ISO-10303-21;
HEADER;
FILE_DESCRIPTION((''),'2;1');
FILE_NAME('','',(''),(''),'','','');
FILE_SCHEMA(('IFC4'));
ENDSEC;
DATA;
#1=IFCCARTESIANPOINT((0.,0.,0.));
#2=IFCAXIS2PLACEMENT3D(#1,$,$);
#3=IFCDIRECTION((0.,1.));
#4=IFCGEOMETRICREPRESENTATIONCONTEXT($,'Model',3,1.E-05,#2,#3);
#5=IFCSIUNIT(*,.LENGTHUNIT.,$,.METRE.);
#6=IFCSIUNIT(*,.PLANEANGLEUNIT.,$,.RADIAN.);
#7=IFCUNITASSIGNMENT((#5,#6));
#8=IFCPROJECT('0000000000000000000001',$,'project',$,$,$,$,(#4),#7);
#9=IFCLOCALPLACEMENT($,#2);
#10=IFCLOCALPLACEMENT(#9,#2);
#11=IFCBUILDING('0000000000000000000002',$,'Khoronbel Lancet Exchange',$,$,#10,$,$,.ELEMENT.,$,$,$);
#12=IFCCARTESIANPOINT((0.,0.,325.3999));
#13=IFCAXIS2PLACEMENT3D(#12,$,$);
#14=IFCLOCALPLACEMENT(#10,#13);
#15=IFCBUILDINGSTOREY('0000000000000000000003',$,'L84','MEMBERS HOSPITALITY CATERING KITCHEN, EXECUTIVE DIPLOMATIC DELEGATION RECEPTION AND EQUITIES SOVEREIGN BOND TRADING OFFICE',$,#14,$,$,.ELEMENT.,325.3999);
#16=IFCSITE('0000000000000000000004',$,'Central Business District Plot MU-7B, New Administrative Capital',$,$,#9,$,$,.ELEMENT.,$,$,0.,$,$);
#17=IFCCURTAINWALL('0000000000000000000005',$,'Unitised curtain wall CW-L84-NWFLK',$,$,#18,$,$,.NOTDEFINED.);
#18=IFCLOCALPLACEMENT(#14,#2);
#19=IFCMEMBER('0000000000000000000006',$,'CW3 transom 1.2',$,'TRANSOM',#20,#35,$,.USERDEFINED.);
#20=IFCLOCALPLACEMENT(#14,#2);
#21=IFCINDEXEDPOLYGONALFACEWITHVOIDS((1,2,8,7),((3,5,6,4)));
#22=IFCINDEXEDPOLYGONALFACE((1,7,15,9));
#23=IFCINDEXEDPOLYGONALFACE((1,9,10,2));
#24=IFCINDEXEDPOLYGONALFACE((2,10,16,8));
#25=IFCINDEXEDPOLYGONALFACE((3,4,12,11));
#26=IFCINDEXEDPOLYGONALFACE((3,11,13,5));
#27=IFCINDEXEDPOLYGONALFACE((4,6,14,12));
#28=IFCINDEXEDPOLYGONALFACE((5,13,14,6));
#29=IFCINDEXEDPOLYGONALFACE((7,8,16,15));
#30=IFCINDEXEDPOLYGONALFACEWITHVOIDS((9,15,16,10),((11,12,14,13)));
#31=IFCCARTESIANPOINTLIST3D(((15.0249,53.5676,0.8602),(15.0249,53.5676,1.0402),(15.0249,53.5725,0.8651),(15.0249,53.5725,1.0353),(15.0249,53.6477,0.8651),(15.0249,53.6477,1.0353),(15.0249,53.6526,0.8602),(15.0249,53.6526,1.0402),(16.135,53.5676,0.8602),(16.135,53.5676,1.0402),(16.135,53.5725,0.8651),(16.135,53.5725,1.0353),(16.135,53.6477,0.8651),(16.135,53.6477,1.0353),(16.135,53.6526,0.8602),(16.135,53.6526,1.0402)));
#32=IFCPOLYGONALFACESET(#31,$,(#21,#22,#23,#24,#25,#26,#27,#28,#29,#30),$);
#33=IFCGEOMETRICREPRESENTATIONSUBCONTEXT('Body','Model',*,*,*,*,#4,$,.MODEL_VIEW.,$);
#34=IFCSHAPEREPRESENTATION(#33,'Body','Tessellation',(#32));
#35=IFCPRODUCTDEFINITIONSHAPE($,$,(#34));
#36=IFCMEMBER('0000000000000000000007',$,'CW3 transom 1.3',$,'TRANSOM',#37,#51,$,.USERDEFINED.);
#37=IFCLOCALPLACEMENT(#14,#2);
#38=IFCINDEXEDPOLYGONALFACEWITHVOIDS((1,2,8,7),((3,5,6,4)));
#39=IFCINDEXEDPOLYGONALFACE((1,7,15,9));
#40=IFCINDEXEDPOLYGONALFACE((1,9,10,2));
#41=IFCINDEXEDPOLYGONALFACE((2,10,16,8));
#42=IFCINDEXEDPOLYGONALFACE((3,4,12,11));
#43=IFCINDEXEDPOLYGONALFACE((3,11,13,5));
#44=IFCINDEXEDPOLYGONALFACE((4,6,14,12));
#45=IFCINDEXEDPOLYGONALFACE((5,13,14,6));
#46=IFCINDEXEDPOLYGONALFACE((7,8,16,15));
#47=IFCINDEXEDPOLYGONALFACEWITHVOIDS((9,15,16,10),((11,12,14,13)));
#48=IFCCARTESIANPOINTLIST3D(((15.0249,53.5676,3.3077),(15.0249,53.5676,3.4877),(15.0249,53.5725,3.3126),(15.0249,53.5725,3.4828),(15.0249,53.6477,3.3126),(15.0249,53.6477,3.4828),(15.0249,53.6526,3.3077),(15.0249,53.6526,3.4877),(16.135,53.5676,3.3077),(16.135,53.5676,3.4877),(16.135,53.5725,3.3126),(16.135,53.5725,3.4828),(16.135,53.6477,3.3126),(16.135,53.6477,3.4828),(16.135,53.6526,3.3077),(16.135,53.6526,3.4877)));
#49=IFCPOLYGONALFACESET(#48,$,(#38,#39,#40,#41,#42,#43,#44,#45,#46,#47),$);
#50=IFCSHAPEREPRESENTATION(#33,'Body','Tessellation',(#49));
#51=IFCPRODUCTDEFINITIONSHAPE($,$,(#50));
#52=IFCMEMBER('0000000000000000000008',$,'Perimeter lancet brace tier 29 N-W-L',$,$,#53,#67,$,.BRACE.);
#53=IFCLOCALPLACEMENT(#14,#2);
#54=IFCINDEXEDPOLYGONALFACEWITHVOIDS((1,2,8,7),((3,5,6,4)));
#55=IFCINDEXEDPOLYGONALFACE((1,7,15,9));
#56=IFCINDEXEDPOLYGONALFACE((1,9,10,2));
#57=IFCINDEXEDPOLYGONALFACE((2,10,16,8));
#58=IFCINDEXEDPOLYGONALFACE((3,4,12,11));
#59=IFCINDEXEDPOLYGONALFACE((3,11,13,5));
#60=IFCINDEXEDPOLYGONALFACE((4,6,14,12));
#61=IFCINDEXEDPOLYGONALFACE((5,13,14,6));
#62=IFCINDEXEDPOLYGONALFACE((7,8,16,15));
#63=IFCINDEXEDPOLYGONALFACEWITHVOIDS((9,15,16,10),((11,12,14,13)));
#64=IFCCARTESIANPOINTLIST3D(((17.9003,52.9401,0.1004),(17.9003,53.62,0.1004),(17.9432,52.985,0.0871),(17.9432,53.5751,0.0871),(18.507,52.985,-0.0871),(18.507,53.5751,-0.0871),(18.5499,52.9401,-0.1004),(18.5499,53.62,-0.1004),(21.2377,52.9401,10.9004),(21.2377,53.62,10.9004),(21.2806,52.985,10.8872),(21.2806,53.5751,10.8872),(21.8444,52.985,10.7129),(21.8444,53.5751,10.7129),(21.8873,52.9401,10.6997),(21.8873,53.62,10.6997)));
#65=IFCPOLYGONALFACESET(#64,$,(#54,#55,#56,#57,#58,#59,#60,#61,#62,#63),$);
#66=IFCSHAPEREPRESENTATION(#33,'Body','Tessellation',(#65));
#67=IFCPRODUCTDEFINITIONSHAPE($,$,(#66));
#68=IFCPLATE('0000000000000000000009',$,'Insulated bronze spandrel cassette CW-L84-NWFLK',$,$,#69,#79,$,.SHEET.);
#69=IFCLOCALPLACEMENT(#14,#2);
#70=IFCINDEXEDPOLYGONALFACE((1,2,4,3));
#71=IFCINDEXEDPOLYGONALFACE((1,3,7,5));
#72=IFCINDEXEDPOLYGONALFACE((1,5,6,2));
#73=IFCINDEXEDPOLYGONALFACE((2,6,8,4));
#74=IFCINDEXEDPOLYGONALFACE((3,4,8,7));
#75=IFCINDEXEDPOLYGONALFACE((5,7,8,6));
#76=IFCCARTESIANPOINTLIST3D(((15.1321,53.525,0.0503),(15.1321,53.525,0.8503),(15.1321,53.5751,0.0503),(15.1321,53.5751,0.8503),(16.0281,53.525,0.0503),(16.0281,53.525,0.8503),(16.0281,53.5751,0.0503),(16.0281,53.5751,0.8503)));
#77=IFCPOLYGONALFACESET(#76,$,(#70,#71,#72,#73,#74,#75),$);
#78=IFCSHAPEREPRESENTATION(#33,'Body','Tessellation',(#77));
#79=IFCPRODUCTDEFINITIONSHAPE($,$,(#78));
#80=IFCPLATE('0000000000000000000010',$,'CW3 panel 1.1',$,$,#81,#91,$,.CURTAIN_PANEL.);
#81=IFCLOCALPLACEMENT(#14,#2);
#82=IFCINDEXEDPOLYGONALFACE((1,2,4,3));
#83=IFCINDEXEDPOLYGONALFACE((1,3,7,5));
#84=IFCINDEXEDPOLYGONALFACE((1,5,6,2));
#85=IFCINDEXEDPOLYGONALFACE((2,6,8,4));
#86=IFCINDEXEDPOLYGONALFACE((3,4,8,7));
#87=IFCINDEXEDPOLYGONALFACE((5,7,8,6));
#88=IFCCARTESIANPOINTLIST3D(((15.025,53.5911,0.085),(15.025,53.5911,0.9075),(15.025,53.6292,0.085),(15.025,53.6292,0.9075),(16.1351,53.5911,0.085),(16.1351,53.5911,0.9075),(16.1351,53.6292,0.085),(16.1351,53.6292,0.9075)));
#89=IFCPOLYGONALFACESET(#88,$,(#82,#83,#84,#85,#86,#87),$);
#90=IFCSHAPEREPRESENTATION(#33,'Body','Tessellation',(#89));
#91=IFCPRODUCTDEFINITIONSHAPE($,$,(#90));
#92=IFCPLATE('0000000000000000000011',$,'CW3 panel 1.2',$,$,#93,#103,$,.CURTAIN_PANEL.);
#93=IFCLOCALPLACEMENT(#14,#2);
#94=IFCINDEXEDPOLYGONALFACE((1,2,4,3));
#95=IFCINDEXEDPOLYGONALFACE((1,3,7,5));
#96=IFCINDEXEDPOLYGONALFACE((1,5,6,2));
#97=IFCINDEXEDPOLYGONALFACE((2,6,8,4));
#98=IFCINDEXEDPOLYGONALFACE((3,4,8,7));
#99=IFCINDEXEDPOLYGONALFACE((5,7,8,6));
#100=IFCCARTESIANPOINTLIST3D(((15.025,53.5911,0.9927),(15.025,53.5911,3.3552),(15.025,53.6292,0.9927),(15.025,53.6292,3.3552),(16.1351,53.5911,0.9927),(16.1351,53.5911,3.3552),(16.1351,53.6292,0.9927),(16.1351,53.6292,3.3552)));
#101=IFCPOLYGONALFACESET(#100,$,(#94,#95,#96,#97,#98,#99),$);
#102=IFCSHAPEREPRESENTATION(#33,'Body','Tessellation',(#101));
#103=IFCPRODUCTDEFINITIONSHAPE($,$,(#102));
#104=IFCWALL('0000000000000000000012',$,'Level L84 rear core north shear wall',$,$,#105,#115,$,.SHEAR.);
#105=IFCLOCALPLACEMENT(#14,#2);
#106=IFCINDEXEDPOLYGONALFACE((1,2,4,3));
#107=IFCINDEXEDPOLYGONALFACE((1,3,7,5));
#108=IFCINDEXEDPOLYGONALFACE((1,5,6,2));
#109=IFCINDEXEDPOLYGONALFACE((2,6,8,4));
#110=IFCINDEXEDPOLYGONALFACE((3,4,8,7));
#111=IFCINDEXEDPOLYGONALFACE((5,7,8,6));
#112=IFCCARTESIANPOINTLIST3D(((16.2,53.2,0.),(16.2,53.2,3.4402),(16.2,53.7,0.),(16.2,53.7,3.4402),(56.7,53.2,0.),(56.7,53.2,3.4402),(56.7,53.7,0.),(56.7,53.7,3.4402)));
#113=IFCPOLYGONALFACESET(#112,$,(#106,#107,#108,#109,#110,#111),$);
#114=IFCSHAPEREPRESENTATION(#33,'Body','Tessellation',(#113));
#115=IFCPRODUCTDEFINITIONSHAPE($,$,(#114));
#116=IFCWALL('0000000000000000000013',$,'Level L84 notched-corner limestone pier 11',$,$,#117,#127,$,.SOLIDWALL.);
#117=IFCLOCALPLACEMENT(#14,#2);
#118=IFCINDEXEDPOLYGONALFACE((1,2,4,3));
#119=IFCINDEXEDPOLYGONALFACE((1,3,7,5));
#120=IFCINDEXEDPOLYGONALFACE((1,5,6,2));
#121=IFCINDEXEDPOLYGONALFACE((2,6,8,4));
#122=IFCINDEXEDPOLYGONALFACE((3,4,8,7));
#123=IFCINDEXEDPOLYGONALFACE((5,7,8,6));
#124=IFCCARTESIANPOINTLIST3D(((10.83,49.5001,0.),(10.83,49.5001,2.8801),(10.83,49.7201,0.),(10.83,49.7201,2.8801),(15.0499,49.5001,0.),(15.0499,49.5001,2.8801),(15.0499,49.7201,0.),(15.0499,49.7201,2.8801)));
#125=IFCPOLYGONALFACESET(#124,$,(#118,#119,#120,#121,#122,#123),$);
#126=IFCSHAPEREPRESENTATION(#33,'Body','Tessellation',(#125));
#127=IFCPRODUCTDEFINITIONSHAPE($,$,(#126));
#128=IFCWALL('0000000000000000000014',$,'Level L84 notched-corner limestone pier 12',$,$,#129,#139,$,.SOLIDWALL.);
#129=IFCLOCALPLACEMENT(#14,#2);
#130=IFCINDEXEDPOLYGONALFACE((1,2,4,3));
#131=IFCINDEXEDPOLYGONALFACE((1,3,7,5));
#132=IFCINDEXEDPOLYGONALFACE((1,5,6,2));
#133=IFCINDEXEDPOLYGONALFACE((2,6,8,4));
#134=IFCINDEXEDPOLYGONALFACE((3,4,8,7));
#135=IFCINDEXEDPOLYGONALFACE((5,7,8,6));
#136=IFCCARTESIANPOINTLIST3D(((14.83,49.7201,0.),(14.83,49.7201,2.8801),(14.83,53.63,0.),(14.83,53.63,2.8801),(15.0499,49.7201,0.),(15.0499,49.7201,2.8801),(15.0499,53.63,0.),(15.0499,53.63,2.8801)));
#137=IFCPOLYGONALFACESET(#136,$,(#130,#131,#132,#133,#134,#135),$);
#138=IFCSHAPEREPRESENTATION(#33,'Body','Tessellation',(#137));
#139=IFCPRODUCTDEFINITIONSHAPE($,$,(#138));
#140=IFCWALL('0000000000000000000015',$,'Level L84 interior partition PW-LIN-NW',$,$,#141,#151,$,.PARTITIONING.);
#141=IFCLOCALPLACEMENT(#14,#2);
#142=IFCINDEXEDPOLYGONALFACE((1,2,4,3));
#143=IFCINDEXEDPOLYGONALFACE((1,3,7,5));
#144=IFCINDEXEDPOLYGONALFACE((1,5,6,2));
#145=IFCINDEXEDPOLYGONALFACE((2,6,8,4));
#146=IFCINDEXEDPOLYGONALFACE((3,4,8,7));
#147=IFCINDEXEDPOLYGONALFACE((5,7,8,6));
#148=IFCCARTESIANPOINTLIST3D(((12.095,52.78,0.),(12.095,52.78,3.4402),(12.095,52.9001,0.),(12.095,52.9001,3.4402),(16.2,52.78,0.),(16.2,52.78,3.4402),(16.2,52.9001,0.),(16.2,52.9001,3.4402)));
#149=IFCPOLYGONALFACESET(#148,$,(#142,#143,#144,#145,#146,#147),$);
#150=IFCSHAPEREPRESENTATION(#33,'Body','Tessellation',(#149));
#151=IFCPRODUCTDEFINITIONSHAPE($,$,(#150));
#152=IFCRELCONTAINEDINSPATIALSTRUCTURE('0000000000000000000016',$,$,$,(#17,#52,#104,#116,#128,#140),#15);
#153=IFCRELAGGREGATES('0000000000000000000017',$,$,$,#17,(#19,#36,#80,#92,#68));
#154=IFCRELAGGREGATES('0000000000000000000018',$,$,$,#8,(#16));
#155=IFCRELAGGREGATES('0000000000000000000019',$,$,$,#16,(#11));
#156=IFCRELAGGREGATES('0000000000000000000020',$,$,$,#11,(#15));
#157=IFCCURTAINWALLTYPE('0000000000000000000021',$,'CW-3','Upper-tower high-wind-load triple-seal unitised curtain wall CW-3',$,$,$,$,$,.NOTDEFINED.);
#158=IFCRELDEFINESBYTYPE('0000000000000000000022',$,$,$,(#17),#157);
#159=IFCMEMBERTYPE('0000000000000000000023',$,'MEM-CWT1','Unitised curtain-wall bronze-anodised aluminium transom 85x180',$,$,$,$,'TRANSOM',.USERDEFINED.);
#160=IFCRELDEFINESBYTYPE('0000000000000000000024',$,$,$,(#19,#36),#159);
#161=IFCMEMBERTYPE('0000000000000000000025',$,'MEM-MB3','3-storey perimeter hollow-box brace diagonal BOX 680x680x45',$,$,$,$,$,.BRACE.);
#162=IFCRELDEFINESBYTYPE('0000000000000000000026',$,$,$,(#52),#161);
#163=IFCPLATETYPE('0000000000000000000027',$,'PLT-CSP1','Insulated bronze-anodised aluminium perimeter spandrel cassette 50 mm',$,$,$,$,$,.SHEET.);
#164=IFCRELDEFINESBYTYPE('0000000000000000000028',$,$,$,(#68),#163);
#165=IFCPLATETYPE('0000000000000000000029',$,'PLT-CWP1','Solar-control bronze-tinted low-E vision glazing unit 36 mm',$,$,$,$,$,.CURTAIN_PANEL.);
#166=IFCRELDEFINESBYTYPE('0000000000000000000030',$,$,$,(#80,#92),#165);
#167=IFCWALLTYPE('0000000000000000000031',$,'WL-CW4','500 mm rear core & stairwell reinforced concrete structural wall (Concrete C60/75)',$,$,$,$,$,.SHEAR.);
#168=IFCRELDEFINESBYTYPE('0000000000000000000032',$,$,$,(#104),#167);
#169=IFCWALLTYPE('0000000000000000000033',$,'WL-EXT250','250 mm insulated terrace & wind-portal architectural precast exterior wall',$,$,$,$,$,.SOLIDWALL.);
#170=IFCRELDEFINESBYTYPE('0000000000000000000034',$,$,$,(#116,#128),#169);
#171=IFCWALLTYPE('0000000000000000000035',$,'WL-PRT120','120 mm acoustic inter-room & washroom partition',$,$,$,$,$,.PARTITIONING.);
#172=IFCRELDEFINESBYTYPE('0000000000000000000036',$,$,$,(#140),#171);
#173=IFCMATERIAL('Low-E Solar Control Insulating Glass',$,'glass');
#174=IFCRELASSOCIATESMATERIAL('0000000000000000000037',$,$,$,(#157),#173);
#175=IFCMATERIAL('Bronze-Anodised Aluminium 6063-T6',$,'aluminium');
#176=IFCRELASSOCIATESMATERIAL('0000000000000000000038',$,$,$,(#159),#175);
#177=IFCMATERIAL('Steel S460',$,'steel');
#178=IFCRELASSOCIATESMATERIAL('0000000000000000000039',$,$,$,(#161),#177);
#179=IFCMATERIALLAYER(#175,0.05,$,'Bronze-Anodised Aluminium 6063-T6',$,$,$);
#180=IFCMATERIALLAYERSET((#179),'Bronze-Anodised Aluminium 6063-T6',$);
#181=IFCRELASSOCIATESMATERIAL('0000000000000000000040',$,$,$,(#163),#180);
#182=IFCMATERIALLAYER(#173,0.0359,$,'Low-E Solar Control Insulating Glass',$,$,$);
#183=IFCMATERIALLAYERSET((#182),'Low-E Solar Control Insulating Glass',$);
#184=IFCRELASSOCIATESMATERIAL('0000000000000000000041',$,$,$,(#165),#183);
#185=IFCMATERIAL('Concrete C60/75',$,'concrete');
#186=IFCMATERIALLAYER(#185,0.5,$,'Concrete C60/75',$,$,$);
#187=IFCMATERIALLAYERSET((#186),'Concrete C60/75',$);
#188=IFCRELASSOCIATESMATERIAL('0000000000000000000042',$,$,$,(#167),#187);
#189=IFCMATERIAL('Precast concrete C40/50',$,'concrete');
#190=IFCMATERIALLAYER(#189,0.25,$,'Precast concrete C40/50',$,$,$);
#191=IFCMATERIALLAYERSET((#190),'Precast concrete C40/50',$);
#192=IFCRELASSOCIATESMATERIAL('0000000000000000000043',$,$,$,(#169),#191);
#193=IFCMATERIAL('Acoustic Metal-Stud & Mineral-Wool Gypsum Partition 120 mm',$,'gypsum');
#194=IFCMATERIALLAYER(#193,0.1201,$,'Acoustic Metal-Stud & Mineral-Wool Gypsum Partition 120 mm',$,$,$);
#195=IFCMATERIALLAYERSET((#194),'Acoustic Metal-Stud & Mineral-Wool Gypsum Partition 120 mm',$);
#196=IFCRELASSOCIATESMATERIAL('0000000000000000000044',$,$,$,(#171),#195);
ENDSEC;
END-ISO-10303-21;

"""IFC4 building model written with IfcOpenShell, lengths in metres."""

from ifc_helpers import new_model, si_unit, direction, frame, frame_2d, origin, origin_2d, place, context, subcontext, project, spatial, rectangle, hollow_rectangle, extrude, material, layer, layer_set, material_profile, profile_set, type_object, element, aggregate, save


model = new_model("IFC4")

# Units and contexts
model_context = context("Model", 3, precision=1e-05, world=origin(), true_north=direction((0.0, 1.0)))
body_context = subcontext(model_context, "Body", "Model", "MODEL_VIEW")
ifc_project = project(units=[si_unit("LENGTHUNIT", "METRE"), si_unit("PLANEANGLEUNIT", "RADIAN")], contexts=[model_context])

# Site, building, storey
site_placement = place(None, origin())
site = spatial("IfcSite", under=ifc_project, at=site_placement, Name="Central Business District Plot MU-7B, New Administrative Capital", CompositionType="ELEMENT", RefElevation=0.0)
building_placement = place(site_placement, origin())
building = spatial("IfcBuilding", under=site, at=building_placement, Name="Khoronbel Lancet Exchange", CompositionType="ELEMENT")
storey_placement = place(building_placement, frame((0.0, 0.0, 325.3999)))
storey = spatial("IfcBuildingStorey", under=building, at=storey_placement, Name="L84", Description="MEMBERS HOSPITALITY CATERING KITCHEN, EXECUTIVE DIPLOMATIC DELEGATION RECEPTION AND EQUITIES SOVEREIGN BOND TRADING OFFICE", CompositionType="ELEMENT", Elevation=325.3999)

# Shared definitions
ifc_material_1 = material(Name="Steel S460", Category="steel")

# Curtain wall, members
ifc_material_2 = material(Name="Low-E Solar Control Insulating Glass", Category="glass")
curtain_wall_type = type_object("IfcCurtainWallType", Name="CW-3", Description="Upper-tower high-wind-load triple-seal unitised curtain wall CW-3", PredefinedType="NOTDEFINED", material=ifc_material_2)
curtain_wall_placement = place(storey_placement, origin())
curtain_wall = element("IfcCurtainWall", 1, at=curtain_wall_placement, inside=storey, type_object=curtain_wall_type, Name="Unitised curtain wall CW-L84-NWFLK", PredefinedType="NOTDEFINED")
ifc_material_3 = material(Name="Bronze-Anodised Aluminium 6063-T6", Category="aluminium")
ifc_material_profile_1 = material_profile(ifc_material_3, hollow_rectangle(XDim=0.085, YDim=0.1799, WallThickness=0.0049, at=origin_2d()), Name="ALU TRANSOM 85x180")
ifc_profile_set_1 = profile_set([ifc_material_profile_1], Name="Bronze-Anodised Aluminium 6063-T6")
member_type_1 = type_object("IfcMemberType", Name="MEM-CWT1", Description="Unitised curtain-wall bronze-anodised aluminium transom 85x180", ElementType="TRANSOM", PredefinedType="USERDEFINED", material=ifc_profile_set_1)
member_1_placement = place(storey_placement, frame((16.135, 53.6101, 0.9502), z_axis=(-1.0, 0.0, 0.0), x_axis=(0.0, -1.0, 0.0)))
member_1 = element("IfcMember", 2, at=member_1_placement, type_object=member_type_1, Name="CW3 transom 1.2", ObjectType="TRANSOM", PredefinedType="USERDEFINED", context=body_context, shape_type="SweptSolid", body=[
    extrude(hollow_rectangle(XDim=0.085, YDim=0.1799, WallThickness=0.0049, at=origin_2d()), origin(), (0.0, 0.0, 1.0), 1.1101),
])
member_2_placement = place(storey_placement, frame((16.135, 53.6101, 3.3977), z_axis=(-1.0, 0.0, 0.0), x_axis=(0.0, -1.0, 0.0)))
member_2 = element("IfcMember", 3, at=member_2_placement, type_object=member_type_1, Name="CW3 transom 1.3", ObjectType="TRANSOM", PredefinedType="USERDEFINED", context=body_context, shape_type="SweptSolid", body=[
    extrude(hollow_rectangle(XDim=0.085, YDim=0.1799, WallThickness=0.0049, at=origin_2d()), origin(), (0.0, 0.0, 1.0), 1.1101),
])

# Member
ifc_material_profile_2 = material_profile(ifc_material_1, hollow_rectangle(XDim=0.6799, YDim=0.6799, WallThickness=0.0449, at=origin_2d()), Name="BOX 680x680x45")
ifc_profile_set_2 = profile_set([ifc_material_profile_2], Name="Steel S460")
member_type_2 = type_object("IfcMemberType", Name="MEM-MB3", Description="3-storey perimeter hollow-box brace diagonal BOX 680x680x45", PredefinedType="BRACE", material=ifc_profile_set_2)
member_3_placement = place(storey_placement, frame((18.2251, 53.28, 0.0), z_axis=(0.295242, 0.0, 0.955422), x_axis=(0.0, 1.0, 0.0)))
element("IfcMember", 4, at=member_3_placement, inside=storey, type_object=member_type_2, Name="Perimeter lancet brace tier 29 N-W-L", PredefinedType="BRACE", context=body_context, shape_type="SweptSolid", body=[
    extrude(hollow_rectangle(XDim=0.6799, YDim=0.6799, WallThickness=0.0449, at=origin_2d()), origin(), (0.0, 0.0, 1.0), 11.304),
])

# Plates
ifc_layer_1 = layer(ifc_material_3, 0.05, Name="Bronze-Anodised Aluminium 6063-T6")
ifc_layer_set_1 = layer_set([ifc_layer_1], Name="Bronze-Anodised Aluminium 6063-T6")
plate_type_1 = type_object("IfcPlateType", Name="PLT-CSP1", Description="Insulated bronze-anodised aluminium perimeter spandrel cassette 50 mm", PredefinedType="SHEET", material=ifc_layer_set_1)
plate_1_placement = place(storey_placement, frame((15.5801, 53.55, 0.0503), z_axis=(0.0, 0.0, 1.0), x_axis=(-1.0, 0.0, 0.0)))
plate_1 = element("IfcPlate", 5, at=plate_1_placement, type_object=plate_type_1, Name="Insulated bronze spandrel cassette CW-L84-NWFLK", PredefinedType="SHEET", context=body_context, shape_type="SweptSolid", body=[
    extrude(rectangle(XDim=0.896, YDim=0.05, at=origin_2d()), origin(), (0.0, 0.0, 1.0), 0.8),
])
ifc_layer_2 = layer(ifc_material_2, 0.0359, Name="Low-E Solar Control Insulating Glass")
ifc_layer_set_2 = layer_set([ifc_layer_2], Name="Low-E Solar Control Insulating Glass")
plate_type_2 = type_object("IfcPlateType", Name="PLT-CWP1", Description="Solar-control bronze-tinted low-E vision glazing unit 36 mm", PredefinedType="CURTAIN_PANEL", material=ifc_layer_set_2)
plate_2_placement = place(storey_placement, frame((15.5801, 53.6101, 0.085), z_axis=(0.0, 0.0, 1.0), x_axis=(-1.0, 0.0, 0.0)))
plate_2 = element("IfcPlate", 6, at=plate_2_placement, type_object=plate_type_2, Name="CW3 panel 1.1", PredefinedType="CURTAIN_PANEL", context=body_context, shape_type="SweptSolid", body=[
    extrude(rectangle(XDim=1.1101, YDim=0.0381, at=origin_2d()), origin(), (0.0, 0.0, 1.0), 0.8225),
])
plate_3_placement = place(storey_placement, frame((15.5801, 53.6101, 0.9927), z_axis=(0.0, 0.0, 1.0), x_axis=(-1.0, 0.0, 0.0)))
plate_3 = element("IfcPlate", 7, at=plate_3_placement, type_object=plate_type_2, Name="CW3 panel 1.2", PredefinedType="CURTAIN_PANEL", context=body_context, shape_type="SweptSolid", body=[
    extrude(rectangle(XDim=1.1101, YDim=0.0381, at=origin_2d()), origin(), (0.0, 0.0, 1.0), 2.3625),
])
aggregate(curtain_wall, [member_1, member_2, plate_2, plate_3, plate_1])

# Walls
ifc_material_4 = material(Name="Concrete C60/75", Category="concrete")
ifc_layer_3 = layer(ifc_material_4, 0.5, Name="Concrete C60/75")
ifc_layer_set_3 = layer_set([ifc_layer_3], Name="Concrete C60/75")
wall_type_1 = type_object("IfcWallType", Name="WL-CW4", Description="500 mm rear core & stairwell reinforced concrete structural wall (Concrete C60/75)", PredefinedType="SHEAR", material=ifc_layer_set_3)
wall_1_placement = place(storey_placement, frame((16.2, 53.45, 0.0), z_axis=(0.0, 0.0, 1.0), x_axis=(1.0, 0.0, 0.0)))
element("IfcWall", 8, at=wall_1_placement, inside=storey, type_object=wall_type_1, Name="Level L84 rear core north shear wall", PredefinedType="SHEAR", context=body_context, shape_type="SweptSolid", body=[
    extrude(rectangle(XDim=40.5, YDim=0.5, at=frame_2d((20.25, 0.0))), origin(), (0.0, 0.0, 1.0), 3.4402),
])
ifc_material_5 = material(Name="Precast concrete C40/50", Category="concrete")
ifc_layer_4 = layer(ifc_material_5, 0.25, Name="Precast concrete C40/50")
ifc_layer_set_4 = layer_set([ifc_layer_4], Name="Precast concrete C40/50")
wall_type_2 = type_object("IfcWallType", Name="WL-EXT250", Description="250 mm insulated terrace & wind-portal architectural precast exterior wall", PredefinedType="SOLIDWALL", material=ifc_layer_set_4)
wall_2_placement = place(storey_placement, frame((10.8301, 49.6101, 0.0), z_axis=(0.0, 0.0, 1.0), x_axis=(1.0, 0.0, 0.0)))
element("IfcWall", 9, at=wall_2_placement, inside=storey, type_object=wall_type_2, Name="Level L84 notched-corner limestone pier 11", PredefinedType="SOLIDWALL", context=body_context, shape_type="SweptSolid", body=[
    extrude(rectangle(XDim=4.22, YDim=0.22, at=frame_2d((2.1099, 0.0))), origin(), (0.0, 0.0, 1.0), 2.8801),
])
wall_3_placement = place(storey_placement, frame((14.9399, 49.72, 0.0), z_axis=(0.0, 0.0, 1.0), x_axis=(0.0, 1.0, 0.0)))
element("IfcWall", 10, at=wall_3_placement, inside=storey, type_object=wall_type_2, Name="Level L84 notched-corner limestone pier 12", PredefinedType="SOLIDWALL", context=body_context, shape_type="SweptSolid", body=[
    extrude(rectangle(XDim=3.9099, YDim=0.22, at=frame_2d((1.9551, 0.0))), origin(), (0.0, 0.0, 1.0), 2.8801),
])
ifc_material_6 = material(Name="Acoustic Metal-Stud & Mineral-Wool Gypsum Partition 120 mm", Category="gypsum")
ifc_layer_5 = layer(ifc_material_6, 0.1201, Name="Acoustic Metal-Stud & Mineral-Wool Gypsum Partition 120 mm")
ifc_layer_set_5 = layer_set([ifc_layer_5], Name="Acoustic Metal-Stud & Mineral-Wool Gypsum Partition 120 mm")
wall_type_3 = type_object("IfcWallType", Name="WL-PRT120", Description="120 mm acoustic inter-room & washroom partition", PredefinedType="PARTITIONING", material=ifc_layer_set_5)
wall_4_placement = place(storey_placement, frame((12.095, 52.8401, 0.0), z_axis=(0.0, 0.0, 1.0), x_axis=(1.0, 0.0, 0.0)))
element("IfcWall", 11, at=wall_4_placement, inside=storey, type_object=wall_type_3, Name="Level L84 interior partition PW-LIN-NW", PredefinedType="PARTITIONING", context=body_context, shape_type="SweptSolid", body=[
    extrude(rectangle(XDim=4.105, YDim=0.1201, at=frame_2d((2.0525, 0.0))), origin(), (0.0, 0.0, 1.0), 3.4402),
])

save(model, "model.ifc")
